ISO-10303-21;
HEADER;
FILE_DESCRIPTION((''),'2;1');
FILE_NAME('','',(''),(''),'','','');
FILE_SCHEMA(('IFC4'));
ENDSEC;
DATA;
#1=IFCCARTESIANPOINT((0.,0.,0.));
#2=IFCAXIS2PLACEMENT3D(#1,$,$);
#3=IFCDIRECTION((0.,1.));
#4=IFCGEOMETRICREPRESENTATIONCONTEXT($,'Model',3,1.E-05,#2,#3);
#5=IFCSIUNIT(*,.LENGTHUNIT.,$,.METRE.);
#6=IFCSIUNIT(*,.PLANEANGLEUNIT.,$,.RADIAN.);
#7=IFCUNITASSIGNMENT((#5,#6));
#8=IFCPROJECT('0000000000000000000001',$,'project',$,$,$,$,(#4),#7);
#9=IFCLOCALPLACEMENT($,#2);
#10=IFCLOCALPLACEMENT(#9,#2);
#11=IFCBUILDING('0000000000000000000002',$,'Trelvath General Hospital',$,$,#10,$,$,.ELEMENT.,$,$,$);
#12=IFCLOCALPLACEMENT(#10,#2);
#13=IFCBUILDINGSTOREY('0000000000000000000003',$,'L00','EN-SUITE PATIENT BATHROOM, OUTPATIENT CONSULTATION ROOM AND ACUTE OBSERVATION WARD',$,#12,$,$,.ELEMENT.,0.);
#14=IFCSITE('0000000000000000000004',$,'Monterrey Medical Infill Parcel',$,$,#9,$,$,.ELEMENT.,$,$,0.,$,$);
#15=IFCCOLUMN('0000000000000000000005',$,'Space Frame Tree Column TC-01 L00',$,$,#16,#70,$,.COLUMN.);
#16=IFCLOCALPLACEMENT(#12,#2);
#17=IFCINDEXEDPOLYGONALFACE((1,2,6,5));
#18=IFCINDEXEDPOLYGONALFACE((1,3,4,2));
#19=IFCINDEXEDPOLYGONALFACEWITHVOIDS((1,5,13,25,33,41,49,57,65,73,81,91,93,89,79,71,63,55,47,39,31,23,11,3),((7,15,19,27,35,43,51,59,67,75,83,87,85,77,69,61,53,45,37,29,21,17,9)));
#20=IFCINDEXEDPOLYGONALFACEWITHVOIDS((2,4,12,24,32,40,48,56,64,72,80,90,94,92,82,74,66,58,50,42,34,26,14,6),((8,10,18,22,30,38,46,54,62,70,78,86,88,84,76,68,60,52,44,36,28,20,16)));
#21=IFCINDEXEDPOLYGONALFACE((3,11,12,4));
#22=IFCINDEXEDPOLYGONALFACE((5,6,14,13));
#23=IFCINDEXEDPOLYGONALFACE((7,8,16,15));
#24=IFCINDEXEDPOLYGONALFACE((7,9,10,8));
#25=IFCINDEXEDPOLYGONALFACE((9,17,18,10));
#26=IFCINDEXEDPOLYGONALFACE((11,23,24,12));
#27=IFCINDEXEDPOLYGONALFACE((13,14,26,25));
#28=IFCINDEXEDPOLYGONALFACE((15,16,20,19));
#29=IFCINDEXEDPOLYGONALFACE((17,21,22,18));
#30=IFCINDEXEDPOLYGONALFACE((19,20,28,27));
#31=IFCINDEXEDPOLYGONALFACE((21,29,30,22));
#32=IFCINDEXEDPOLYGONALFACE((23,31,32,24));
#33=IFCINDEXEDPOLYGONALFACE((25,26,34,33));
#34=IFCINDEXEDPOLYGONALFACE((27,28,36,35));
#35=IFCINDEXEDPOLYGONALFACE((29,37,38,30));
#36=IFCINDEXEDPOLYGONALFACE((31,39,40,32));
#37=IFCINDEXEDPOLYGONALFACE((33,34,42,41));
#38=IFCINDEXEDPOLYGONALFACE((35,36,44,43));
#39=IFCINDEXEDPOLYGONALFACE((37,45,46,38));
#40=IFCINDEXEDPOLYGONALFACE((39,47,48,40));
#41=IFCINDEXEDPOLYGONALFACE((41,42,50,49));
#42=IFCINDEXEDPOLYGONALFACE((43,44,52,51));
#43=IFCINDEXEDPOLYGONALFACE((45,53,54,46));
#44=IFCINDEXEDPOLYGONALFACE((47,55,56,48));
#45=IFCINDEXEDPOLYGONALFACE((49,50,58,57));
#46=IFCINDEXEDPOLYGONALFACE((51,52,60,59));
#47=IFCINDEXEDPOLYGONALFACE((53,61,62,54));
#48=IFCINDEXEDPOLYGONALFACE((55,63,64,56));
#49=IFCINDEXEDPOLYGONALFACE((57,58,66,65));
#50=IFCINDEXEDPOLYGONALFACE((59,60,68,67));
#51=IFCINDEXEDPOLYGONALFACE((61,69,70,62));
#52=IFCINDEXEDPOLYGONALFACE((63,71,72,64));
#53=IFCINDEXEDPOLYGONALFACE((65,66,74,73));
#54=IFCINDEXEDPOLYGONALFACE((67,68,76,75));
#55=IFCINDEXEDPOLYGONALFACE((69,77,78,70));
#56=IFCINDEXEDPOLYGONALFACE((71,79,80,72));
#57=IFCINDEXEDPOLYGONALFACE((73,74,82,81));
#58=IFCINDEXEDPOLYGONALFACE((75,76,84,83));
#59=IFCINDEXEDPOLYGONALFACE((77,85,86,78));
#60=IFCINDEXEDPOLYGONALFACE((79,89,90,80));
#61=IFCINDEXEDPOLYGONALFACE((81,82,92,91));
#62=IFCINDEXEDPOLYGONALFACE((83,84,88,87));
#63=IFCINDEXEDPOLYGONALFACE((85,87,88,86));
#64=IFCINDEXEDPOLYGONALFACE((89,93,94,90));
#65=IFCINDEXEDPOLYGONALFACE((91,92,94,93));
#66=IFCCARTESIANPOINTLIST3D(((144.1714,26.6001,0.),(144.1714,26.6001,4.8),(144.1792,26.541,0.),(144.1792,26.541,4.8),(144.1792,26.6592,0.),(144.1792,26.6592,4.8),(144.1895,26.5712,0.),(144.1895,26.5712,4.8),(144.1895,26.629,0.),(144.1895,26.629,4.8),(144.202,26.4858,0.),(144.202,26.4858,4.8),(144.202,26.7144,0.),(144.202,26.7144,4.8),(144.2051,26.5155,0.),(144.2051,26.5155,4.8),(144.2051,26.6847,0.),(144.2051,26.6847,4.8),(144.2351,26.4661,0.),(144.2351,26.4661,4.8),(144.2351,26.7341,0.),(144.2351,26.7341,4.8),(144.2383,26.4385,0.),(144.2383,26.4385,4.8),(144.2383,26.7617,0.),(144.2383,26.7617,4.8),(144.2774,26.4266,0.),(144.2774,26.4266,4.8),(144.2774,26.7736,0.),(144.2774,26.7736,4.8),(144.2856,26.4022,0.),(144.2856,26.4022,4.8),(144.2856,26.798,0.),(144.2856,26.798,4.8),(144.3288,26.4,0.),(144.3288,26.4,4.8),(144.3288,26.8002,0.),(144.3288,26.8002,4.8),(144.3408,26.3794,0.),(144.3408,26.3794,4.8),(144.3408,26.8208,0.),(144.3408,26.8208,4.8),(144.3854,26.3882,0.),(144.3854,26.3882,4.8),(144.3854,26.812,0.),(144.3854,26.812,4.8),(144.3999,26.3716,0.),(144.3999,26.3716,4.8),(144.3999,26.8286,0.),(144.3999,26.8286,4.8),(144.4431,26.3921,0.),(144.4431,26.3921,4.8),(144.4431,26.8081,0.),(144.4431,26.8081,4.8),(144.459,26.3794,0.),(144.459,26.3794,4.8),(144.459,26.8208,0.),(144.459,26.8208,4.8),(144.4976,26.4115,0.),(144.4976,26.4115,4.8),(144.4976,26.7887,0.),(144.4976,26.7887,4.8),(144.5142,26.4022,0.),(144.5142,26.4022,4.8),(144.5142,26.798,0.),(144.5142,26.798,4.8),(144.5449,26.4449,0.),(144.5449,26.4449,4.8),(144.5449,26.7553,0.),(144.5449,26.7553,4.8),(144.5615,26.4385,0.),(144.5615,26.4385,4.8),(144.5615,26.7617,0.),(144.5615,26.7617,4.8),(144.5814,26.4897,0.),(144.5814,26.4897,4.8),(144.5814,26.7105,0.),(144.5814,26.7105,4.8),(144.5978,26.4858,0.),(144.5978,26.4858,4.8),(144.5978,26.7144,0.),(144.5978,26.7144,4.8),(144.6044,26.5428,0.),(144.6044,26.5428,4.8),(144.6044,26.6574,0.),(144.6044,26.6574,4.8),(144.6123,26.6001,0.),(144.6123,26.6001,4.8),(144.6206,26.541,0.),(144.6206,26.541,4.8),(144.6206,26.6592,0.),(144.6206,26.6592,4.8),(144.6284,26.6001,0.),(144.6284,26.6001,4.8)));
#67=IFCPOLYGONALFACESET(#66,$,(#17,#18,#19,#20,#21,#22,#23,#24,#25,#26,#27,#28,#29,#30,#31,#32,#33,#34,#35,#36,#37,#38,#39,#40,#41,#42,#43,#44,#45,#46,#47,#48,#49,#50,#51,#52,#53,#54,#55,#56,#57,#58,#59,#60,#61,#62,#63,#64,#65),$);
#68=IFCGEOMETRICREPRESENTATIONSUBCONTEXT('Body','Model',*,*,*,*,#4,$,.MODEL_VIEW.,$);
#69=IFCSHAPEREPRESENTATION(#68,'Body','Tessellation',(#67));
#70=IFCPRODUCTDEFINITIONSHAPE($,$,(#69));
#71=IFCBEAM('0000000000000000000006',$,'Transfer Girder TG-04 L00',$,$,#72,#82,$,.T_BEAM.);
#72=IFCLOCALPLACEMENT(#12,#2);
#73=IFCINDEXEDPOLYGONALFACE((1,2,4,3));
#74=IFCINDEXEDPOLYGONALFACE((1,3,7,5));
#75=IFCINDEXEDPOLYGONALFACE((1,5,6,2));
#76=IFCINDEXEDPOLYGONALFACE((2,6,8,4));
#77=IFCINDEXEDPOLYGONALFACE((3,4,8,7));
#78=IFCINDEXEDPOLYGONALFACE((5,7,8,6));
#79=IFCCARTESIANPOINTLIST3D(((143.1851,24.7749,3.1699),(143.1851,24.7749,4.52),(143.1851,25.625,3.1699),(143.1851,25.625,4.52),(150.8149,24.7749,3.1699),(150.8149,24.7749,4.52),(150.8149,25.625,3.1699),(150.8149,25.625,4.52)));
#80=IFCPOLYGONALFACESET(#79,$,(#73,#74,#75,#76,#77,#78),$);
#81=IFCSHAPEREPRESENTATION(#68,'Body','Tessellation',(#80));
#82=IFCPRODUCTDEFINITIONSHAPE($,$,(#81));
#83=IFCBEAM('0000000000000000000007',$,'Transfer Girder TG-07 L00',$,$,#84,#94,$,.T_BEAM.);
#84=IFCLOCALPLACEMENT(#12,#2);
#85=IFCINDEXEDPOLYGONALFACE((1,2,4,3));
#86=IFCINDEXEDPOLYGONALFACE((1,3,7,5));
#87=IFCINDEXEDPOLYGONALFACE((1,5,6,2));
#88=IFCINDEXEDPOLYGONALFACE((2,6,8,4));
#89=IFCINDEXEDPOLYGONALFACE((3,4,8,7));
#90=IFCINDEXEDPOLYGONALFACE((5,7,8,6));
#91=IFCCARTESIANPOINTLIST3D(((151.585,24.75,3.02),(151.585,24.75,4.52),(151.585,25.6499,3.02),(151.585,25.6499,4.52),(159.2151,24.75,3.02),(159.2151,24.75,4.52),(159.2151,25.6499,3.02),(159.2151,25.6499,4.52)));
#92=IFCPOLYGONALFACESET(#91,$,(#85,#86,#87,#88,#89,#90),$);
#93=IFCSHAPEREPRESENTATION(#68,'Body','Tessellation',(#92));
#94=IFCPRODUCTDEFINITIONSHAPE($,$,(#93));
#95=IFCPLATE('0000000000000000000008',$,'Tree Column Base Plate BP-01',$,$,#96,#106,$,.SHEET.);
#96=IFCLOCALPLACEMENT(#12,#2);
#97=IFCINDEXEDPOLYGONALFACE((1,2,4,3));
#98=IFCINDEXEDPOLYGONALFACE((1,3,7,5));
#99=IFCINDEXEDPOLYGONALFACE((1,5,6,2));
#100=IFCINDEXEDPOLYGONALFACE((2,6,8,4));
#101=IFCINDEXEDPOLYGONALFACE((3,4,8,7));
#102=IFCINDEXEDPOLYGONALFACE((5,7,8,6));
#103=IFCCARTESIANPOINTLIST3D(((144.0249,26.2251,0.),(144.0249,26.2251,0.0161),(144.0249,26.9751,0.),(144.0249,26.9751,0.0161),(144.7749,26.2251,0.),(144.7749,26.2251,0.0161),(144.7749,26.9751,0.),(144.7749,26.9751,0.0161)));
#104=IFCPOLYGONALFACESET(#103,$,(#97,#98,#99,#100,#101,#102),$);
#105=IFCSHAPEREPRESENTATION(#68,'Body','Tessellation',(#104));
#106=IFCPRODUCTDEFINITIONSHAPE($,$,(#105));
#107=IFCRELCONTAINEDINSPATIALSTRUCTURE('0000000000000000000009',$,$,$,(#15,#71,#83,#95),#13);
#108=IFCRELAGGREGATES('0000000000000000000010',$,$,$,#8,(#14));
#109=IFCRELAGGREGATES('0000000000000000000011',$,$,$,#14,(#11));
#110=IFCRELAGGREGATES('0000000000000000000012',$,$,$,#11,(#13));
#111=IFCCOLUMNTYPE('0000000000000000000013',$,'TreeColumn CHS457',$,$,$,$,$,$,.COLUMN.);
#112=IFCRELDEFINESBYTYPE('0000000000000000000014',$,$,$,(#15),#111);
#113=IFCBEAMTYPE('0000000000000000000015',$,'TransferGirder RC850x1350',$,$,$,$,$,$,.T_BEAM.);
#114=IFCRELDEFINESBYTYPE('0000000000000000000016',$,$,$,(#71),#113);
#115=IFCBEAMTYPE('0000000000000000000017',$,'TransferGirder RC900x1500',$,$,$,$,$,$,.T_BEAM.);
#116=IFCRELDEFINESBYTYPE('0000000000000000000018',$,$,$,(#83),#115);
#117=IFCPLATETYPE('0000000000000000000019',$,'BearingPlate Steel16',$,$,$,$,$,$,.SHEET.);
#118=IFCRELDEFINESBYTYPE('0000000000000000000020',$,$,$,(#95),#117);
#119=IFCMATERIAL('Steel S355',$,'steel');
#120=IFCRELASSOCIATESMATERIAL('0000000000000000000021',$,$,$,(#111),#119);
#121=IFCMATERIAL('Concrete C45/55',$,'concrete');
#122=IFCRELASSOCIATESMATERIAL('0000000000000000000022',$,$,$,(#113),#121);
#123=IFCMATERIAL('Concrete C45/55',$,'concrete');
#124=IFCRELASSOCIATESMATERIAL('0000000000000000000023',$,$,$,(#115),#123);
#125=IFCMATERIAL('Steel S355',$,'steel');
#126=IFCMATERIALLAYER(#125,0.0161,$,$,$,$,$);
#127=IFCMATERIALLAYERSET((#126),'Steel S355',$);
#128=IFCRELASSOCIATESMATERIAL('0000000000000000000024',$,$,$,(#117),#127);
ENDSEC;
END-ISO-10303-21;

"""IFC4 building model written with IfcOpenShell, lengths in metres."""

from ifc_helpers import new_model, si_unit, direction, frame, origin, origin_2d, place, context, subcontext, project, spatial, rectangle, hollow_circle, extrude, material, layer, layer_set, material_profile, profile_set, type_object, element, save


model = new_model("IFC4")

# Units and contexts
model_context = context("Model", 3, precision=1e-05, world=origin(), true_north=direction((0.0, 1.0)))
body_context = subcontext(model_context, "Body", "Model", "MODEL_VIEW")
ifc_project = project(units=[si_unit("LENGTHUNIT", "METRE"), si_unit("PLANEANGLEUNIT", "RADIAN")], contexts=[model_context])

# Site, building, storey
site_placement = place(None, origin())
site = spatial("IfcSite", under=ifc_project, at=site_placement, Name="Monterrey Medical Infill Parcel", CompositionType="ELEMENT", RefElevation=0.0)
building_placement = place(site_placement, origin())
building = spatial("IfcBuilding", under=site, at=building_placement, Name="Trelvath General Hospital", CompositionType="ELEMENT")
storey_placement = place(building_placement, origin())
storey = spatial("IfcBuildingStorey", under=building, at=storey_placement, Name="L00", Description="EN-SUITE PATIENT BATHROOM, OUTPATIENT CONSULTATION ROOM AND ACUTE OBSERVATION WARD", CompositionType="ELEMENT", Elevation=0.0)

# Column
ifc_material_1 = material(Name="Steel S355", Category="steel")
ifc_material_profile_1 = material_profile(ifc_material_1, hollow_circle(Radius=0.2285, WallThickness=0.0161, at=origin_2d()), Name="CHS457.0x16.0")
ifc_profile_set_1 = profile_set([ifc_material_profile_1], Name="Steel S355")
column_type_1 = type_object("IfcColumnType", Name="TreeColumn CHS457", PredefinedType="COLUMN", material=ifc_profile_set_1)
column_placement = place(storey_placement, frame((144.3999, 26.6001, 0.0), z_axis=(0.0, 0.0, 1.0), x_axis=(1.0, 0.0, 0.0)))
element("IfcColumn", 1, at=column_placement, inside=storey, type_object=column_type_1, Name="Space Frame Tree Column TC-01 L00", PredefinedType="COLUMN", context=body_context, shape_type="SweptSolid", body=[
    extrude(hollow_circle(Radius=0.2285, WallThickness=0.0161, at=origin_2d()), origin(), (0.0, 0.0, 1.0), 4.8),
])

# Beams
ifc_material_2 = material(Name="Concrete C45/55", Category="concrete")
ifc_material_profile_2 = material_profile(ifc_material_2, rectangle(XDim=0.8501, YDim=1.3501, at=origin_2d()), Name="RCB850x1350")
ifc_profile_set_2 = profile_set([ifc_material_profile_2], Name="Concrete C45/55")
beam_type_1 = type_object("IfcBeamType", Name="TransferGirder RC850x1350", PredefinedType="T_BEAM", material=ifc_profile_set_2)
beam_1_placement = place(storey_placement, frame((143.1851, 25.2, 3.845), z_axis=(1.0, 0.0, 0.0), x_axis=(0.0, 1.0, 0.0)))
element("IfcBeam", 2, at=beam_1_placement, inside=storey, type_object=beam_type_1, Name="Transfer Girder TG-04 L00", PredefinedType="T_BEAM", context=body_context, shape_type="SweptSolid", body=[
    extrude(rectangle(XDim=0.8501, YDim=1.3501, at=origin_2d()), origin(), (0.0, 0.0, 1.0), 7.6299),
])
ifc_material_3 = material(Name="Concrete C45/55", Category="concrete")
ifc_material_profile_3 = material_profile(ifc_material_3, rectangle(XDim=0.8999, YDim=1.5, at=origin_2d()), Name="RCB900x1500")
ifc_profile_set_3 = profile_set([ifc_material_profile_3], Name="Concrete C45/55")
beam_type_2 = type_object("IfcBeamType", Name="TransferGirder RC900x1500", PredefinedType="T_BEAM", material=ifc_profile_set_3)
beam_2_placement = place(storey_placement, frame((151.585, 25.2, 3.77), z_axis=(1.0, 0.0, 0.0), x_axis=(0.0, 1.0, 0.0)))
element("IfcBeam", 3, at=beam_2_placement, inside=storey, type_object=beam_type_2, Name="Transfer Girder TG-07 L00", PredefinedType="T_BEAM", context=body_context, shape_type="SweptSolid", body=[
    extrude(rectangle(XDim=0.8999, YDim=1.5, at=origin_2d()), origin(), (0.0, 0.0, 1.0), 7.6301),
])

# Plate
ifc_material_4 = material(Name="Steel S355", Category="steel")
ifc_layer_1 = layer(ifc_material_4, 0.0161)
ifc_layer_set_1 = layer_set([ifc_layer_1], Name="Steel S355")
plate_type = type_object("IfcPlateType", Name="BearingPlate Steel16", PredefinedType="SHEET", material=ifc_layer_set_1)
plate_placement = place(storey_placement, frame((144.3999, 26.6001, 0.0), z_axis=(0.0, 0.0, 1.0), x_axis=(1.0, 0.0, 0.0)))
element("IfcPlate", 4, at=plate_placement, inside=storey, type_object=plate_type, Name="Tree Column Base Plate BP-01", PredefinedType="SHEET", context=body_context, shape_type="SweptSolid", body=[
    extrude(rectangle(XDim=0.75, YDim=0.75, at=origin_2d()), origin(), (0.0, 0.0, 1.0), 0.0161),
])

save(model, "model.ifc")
